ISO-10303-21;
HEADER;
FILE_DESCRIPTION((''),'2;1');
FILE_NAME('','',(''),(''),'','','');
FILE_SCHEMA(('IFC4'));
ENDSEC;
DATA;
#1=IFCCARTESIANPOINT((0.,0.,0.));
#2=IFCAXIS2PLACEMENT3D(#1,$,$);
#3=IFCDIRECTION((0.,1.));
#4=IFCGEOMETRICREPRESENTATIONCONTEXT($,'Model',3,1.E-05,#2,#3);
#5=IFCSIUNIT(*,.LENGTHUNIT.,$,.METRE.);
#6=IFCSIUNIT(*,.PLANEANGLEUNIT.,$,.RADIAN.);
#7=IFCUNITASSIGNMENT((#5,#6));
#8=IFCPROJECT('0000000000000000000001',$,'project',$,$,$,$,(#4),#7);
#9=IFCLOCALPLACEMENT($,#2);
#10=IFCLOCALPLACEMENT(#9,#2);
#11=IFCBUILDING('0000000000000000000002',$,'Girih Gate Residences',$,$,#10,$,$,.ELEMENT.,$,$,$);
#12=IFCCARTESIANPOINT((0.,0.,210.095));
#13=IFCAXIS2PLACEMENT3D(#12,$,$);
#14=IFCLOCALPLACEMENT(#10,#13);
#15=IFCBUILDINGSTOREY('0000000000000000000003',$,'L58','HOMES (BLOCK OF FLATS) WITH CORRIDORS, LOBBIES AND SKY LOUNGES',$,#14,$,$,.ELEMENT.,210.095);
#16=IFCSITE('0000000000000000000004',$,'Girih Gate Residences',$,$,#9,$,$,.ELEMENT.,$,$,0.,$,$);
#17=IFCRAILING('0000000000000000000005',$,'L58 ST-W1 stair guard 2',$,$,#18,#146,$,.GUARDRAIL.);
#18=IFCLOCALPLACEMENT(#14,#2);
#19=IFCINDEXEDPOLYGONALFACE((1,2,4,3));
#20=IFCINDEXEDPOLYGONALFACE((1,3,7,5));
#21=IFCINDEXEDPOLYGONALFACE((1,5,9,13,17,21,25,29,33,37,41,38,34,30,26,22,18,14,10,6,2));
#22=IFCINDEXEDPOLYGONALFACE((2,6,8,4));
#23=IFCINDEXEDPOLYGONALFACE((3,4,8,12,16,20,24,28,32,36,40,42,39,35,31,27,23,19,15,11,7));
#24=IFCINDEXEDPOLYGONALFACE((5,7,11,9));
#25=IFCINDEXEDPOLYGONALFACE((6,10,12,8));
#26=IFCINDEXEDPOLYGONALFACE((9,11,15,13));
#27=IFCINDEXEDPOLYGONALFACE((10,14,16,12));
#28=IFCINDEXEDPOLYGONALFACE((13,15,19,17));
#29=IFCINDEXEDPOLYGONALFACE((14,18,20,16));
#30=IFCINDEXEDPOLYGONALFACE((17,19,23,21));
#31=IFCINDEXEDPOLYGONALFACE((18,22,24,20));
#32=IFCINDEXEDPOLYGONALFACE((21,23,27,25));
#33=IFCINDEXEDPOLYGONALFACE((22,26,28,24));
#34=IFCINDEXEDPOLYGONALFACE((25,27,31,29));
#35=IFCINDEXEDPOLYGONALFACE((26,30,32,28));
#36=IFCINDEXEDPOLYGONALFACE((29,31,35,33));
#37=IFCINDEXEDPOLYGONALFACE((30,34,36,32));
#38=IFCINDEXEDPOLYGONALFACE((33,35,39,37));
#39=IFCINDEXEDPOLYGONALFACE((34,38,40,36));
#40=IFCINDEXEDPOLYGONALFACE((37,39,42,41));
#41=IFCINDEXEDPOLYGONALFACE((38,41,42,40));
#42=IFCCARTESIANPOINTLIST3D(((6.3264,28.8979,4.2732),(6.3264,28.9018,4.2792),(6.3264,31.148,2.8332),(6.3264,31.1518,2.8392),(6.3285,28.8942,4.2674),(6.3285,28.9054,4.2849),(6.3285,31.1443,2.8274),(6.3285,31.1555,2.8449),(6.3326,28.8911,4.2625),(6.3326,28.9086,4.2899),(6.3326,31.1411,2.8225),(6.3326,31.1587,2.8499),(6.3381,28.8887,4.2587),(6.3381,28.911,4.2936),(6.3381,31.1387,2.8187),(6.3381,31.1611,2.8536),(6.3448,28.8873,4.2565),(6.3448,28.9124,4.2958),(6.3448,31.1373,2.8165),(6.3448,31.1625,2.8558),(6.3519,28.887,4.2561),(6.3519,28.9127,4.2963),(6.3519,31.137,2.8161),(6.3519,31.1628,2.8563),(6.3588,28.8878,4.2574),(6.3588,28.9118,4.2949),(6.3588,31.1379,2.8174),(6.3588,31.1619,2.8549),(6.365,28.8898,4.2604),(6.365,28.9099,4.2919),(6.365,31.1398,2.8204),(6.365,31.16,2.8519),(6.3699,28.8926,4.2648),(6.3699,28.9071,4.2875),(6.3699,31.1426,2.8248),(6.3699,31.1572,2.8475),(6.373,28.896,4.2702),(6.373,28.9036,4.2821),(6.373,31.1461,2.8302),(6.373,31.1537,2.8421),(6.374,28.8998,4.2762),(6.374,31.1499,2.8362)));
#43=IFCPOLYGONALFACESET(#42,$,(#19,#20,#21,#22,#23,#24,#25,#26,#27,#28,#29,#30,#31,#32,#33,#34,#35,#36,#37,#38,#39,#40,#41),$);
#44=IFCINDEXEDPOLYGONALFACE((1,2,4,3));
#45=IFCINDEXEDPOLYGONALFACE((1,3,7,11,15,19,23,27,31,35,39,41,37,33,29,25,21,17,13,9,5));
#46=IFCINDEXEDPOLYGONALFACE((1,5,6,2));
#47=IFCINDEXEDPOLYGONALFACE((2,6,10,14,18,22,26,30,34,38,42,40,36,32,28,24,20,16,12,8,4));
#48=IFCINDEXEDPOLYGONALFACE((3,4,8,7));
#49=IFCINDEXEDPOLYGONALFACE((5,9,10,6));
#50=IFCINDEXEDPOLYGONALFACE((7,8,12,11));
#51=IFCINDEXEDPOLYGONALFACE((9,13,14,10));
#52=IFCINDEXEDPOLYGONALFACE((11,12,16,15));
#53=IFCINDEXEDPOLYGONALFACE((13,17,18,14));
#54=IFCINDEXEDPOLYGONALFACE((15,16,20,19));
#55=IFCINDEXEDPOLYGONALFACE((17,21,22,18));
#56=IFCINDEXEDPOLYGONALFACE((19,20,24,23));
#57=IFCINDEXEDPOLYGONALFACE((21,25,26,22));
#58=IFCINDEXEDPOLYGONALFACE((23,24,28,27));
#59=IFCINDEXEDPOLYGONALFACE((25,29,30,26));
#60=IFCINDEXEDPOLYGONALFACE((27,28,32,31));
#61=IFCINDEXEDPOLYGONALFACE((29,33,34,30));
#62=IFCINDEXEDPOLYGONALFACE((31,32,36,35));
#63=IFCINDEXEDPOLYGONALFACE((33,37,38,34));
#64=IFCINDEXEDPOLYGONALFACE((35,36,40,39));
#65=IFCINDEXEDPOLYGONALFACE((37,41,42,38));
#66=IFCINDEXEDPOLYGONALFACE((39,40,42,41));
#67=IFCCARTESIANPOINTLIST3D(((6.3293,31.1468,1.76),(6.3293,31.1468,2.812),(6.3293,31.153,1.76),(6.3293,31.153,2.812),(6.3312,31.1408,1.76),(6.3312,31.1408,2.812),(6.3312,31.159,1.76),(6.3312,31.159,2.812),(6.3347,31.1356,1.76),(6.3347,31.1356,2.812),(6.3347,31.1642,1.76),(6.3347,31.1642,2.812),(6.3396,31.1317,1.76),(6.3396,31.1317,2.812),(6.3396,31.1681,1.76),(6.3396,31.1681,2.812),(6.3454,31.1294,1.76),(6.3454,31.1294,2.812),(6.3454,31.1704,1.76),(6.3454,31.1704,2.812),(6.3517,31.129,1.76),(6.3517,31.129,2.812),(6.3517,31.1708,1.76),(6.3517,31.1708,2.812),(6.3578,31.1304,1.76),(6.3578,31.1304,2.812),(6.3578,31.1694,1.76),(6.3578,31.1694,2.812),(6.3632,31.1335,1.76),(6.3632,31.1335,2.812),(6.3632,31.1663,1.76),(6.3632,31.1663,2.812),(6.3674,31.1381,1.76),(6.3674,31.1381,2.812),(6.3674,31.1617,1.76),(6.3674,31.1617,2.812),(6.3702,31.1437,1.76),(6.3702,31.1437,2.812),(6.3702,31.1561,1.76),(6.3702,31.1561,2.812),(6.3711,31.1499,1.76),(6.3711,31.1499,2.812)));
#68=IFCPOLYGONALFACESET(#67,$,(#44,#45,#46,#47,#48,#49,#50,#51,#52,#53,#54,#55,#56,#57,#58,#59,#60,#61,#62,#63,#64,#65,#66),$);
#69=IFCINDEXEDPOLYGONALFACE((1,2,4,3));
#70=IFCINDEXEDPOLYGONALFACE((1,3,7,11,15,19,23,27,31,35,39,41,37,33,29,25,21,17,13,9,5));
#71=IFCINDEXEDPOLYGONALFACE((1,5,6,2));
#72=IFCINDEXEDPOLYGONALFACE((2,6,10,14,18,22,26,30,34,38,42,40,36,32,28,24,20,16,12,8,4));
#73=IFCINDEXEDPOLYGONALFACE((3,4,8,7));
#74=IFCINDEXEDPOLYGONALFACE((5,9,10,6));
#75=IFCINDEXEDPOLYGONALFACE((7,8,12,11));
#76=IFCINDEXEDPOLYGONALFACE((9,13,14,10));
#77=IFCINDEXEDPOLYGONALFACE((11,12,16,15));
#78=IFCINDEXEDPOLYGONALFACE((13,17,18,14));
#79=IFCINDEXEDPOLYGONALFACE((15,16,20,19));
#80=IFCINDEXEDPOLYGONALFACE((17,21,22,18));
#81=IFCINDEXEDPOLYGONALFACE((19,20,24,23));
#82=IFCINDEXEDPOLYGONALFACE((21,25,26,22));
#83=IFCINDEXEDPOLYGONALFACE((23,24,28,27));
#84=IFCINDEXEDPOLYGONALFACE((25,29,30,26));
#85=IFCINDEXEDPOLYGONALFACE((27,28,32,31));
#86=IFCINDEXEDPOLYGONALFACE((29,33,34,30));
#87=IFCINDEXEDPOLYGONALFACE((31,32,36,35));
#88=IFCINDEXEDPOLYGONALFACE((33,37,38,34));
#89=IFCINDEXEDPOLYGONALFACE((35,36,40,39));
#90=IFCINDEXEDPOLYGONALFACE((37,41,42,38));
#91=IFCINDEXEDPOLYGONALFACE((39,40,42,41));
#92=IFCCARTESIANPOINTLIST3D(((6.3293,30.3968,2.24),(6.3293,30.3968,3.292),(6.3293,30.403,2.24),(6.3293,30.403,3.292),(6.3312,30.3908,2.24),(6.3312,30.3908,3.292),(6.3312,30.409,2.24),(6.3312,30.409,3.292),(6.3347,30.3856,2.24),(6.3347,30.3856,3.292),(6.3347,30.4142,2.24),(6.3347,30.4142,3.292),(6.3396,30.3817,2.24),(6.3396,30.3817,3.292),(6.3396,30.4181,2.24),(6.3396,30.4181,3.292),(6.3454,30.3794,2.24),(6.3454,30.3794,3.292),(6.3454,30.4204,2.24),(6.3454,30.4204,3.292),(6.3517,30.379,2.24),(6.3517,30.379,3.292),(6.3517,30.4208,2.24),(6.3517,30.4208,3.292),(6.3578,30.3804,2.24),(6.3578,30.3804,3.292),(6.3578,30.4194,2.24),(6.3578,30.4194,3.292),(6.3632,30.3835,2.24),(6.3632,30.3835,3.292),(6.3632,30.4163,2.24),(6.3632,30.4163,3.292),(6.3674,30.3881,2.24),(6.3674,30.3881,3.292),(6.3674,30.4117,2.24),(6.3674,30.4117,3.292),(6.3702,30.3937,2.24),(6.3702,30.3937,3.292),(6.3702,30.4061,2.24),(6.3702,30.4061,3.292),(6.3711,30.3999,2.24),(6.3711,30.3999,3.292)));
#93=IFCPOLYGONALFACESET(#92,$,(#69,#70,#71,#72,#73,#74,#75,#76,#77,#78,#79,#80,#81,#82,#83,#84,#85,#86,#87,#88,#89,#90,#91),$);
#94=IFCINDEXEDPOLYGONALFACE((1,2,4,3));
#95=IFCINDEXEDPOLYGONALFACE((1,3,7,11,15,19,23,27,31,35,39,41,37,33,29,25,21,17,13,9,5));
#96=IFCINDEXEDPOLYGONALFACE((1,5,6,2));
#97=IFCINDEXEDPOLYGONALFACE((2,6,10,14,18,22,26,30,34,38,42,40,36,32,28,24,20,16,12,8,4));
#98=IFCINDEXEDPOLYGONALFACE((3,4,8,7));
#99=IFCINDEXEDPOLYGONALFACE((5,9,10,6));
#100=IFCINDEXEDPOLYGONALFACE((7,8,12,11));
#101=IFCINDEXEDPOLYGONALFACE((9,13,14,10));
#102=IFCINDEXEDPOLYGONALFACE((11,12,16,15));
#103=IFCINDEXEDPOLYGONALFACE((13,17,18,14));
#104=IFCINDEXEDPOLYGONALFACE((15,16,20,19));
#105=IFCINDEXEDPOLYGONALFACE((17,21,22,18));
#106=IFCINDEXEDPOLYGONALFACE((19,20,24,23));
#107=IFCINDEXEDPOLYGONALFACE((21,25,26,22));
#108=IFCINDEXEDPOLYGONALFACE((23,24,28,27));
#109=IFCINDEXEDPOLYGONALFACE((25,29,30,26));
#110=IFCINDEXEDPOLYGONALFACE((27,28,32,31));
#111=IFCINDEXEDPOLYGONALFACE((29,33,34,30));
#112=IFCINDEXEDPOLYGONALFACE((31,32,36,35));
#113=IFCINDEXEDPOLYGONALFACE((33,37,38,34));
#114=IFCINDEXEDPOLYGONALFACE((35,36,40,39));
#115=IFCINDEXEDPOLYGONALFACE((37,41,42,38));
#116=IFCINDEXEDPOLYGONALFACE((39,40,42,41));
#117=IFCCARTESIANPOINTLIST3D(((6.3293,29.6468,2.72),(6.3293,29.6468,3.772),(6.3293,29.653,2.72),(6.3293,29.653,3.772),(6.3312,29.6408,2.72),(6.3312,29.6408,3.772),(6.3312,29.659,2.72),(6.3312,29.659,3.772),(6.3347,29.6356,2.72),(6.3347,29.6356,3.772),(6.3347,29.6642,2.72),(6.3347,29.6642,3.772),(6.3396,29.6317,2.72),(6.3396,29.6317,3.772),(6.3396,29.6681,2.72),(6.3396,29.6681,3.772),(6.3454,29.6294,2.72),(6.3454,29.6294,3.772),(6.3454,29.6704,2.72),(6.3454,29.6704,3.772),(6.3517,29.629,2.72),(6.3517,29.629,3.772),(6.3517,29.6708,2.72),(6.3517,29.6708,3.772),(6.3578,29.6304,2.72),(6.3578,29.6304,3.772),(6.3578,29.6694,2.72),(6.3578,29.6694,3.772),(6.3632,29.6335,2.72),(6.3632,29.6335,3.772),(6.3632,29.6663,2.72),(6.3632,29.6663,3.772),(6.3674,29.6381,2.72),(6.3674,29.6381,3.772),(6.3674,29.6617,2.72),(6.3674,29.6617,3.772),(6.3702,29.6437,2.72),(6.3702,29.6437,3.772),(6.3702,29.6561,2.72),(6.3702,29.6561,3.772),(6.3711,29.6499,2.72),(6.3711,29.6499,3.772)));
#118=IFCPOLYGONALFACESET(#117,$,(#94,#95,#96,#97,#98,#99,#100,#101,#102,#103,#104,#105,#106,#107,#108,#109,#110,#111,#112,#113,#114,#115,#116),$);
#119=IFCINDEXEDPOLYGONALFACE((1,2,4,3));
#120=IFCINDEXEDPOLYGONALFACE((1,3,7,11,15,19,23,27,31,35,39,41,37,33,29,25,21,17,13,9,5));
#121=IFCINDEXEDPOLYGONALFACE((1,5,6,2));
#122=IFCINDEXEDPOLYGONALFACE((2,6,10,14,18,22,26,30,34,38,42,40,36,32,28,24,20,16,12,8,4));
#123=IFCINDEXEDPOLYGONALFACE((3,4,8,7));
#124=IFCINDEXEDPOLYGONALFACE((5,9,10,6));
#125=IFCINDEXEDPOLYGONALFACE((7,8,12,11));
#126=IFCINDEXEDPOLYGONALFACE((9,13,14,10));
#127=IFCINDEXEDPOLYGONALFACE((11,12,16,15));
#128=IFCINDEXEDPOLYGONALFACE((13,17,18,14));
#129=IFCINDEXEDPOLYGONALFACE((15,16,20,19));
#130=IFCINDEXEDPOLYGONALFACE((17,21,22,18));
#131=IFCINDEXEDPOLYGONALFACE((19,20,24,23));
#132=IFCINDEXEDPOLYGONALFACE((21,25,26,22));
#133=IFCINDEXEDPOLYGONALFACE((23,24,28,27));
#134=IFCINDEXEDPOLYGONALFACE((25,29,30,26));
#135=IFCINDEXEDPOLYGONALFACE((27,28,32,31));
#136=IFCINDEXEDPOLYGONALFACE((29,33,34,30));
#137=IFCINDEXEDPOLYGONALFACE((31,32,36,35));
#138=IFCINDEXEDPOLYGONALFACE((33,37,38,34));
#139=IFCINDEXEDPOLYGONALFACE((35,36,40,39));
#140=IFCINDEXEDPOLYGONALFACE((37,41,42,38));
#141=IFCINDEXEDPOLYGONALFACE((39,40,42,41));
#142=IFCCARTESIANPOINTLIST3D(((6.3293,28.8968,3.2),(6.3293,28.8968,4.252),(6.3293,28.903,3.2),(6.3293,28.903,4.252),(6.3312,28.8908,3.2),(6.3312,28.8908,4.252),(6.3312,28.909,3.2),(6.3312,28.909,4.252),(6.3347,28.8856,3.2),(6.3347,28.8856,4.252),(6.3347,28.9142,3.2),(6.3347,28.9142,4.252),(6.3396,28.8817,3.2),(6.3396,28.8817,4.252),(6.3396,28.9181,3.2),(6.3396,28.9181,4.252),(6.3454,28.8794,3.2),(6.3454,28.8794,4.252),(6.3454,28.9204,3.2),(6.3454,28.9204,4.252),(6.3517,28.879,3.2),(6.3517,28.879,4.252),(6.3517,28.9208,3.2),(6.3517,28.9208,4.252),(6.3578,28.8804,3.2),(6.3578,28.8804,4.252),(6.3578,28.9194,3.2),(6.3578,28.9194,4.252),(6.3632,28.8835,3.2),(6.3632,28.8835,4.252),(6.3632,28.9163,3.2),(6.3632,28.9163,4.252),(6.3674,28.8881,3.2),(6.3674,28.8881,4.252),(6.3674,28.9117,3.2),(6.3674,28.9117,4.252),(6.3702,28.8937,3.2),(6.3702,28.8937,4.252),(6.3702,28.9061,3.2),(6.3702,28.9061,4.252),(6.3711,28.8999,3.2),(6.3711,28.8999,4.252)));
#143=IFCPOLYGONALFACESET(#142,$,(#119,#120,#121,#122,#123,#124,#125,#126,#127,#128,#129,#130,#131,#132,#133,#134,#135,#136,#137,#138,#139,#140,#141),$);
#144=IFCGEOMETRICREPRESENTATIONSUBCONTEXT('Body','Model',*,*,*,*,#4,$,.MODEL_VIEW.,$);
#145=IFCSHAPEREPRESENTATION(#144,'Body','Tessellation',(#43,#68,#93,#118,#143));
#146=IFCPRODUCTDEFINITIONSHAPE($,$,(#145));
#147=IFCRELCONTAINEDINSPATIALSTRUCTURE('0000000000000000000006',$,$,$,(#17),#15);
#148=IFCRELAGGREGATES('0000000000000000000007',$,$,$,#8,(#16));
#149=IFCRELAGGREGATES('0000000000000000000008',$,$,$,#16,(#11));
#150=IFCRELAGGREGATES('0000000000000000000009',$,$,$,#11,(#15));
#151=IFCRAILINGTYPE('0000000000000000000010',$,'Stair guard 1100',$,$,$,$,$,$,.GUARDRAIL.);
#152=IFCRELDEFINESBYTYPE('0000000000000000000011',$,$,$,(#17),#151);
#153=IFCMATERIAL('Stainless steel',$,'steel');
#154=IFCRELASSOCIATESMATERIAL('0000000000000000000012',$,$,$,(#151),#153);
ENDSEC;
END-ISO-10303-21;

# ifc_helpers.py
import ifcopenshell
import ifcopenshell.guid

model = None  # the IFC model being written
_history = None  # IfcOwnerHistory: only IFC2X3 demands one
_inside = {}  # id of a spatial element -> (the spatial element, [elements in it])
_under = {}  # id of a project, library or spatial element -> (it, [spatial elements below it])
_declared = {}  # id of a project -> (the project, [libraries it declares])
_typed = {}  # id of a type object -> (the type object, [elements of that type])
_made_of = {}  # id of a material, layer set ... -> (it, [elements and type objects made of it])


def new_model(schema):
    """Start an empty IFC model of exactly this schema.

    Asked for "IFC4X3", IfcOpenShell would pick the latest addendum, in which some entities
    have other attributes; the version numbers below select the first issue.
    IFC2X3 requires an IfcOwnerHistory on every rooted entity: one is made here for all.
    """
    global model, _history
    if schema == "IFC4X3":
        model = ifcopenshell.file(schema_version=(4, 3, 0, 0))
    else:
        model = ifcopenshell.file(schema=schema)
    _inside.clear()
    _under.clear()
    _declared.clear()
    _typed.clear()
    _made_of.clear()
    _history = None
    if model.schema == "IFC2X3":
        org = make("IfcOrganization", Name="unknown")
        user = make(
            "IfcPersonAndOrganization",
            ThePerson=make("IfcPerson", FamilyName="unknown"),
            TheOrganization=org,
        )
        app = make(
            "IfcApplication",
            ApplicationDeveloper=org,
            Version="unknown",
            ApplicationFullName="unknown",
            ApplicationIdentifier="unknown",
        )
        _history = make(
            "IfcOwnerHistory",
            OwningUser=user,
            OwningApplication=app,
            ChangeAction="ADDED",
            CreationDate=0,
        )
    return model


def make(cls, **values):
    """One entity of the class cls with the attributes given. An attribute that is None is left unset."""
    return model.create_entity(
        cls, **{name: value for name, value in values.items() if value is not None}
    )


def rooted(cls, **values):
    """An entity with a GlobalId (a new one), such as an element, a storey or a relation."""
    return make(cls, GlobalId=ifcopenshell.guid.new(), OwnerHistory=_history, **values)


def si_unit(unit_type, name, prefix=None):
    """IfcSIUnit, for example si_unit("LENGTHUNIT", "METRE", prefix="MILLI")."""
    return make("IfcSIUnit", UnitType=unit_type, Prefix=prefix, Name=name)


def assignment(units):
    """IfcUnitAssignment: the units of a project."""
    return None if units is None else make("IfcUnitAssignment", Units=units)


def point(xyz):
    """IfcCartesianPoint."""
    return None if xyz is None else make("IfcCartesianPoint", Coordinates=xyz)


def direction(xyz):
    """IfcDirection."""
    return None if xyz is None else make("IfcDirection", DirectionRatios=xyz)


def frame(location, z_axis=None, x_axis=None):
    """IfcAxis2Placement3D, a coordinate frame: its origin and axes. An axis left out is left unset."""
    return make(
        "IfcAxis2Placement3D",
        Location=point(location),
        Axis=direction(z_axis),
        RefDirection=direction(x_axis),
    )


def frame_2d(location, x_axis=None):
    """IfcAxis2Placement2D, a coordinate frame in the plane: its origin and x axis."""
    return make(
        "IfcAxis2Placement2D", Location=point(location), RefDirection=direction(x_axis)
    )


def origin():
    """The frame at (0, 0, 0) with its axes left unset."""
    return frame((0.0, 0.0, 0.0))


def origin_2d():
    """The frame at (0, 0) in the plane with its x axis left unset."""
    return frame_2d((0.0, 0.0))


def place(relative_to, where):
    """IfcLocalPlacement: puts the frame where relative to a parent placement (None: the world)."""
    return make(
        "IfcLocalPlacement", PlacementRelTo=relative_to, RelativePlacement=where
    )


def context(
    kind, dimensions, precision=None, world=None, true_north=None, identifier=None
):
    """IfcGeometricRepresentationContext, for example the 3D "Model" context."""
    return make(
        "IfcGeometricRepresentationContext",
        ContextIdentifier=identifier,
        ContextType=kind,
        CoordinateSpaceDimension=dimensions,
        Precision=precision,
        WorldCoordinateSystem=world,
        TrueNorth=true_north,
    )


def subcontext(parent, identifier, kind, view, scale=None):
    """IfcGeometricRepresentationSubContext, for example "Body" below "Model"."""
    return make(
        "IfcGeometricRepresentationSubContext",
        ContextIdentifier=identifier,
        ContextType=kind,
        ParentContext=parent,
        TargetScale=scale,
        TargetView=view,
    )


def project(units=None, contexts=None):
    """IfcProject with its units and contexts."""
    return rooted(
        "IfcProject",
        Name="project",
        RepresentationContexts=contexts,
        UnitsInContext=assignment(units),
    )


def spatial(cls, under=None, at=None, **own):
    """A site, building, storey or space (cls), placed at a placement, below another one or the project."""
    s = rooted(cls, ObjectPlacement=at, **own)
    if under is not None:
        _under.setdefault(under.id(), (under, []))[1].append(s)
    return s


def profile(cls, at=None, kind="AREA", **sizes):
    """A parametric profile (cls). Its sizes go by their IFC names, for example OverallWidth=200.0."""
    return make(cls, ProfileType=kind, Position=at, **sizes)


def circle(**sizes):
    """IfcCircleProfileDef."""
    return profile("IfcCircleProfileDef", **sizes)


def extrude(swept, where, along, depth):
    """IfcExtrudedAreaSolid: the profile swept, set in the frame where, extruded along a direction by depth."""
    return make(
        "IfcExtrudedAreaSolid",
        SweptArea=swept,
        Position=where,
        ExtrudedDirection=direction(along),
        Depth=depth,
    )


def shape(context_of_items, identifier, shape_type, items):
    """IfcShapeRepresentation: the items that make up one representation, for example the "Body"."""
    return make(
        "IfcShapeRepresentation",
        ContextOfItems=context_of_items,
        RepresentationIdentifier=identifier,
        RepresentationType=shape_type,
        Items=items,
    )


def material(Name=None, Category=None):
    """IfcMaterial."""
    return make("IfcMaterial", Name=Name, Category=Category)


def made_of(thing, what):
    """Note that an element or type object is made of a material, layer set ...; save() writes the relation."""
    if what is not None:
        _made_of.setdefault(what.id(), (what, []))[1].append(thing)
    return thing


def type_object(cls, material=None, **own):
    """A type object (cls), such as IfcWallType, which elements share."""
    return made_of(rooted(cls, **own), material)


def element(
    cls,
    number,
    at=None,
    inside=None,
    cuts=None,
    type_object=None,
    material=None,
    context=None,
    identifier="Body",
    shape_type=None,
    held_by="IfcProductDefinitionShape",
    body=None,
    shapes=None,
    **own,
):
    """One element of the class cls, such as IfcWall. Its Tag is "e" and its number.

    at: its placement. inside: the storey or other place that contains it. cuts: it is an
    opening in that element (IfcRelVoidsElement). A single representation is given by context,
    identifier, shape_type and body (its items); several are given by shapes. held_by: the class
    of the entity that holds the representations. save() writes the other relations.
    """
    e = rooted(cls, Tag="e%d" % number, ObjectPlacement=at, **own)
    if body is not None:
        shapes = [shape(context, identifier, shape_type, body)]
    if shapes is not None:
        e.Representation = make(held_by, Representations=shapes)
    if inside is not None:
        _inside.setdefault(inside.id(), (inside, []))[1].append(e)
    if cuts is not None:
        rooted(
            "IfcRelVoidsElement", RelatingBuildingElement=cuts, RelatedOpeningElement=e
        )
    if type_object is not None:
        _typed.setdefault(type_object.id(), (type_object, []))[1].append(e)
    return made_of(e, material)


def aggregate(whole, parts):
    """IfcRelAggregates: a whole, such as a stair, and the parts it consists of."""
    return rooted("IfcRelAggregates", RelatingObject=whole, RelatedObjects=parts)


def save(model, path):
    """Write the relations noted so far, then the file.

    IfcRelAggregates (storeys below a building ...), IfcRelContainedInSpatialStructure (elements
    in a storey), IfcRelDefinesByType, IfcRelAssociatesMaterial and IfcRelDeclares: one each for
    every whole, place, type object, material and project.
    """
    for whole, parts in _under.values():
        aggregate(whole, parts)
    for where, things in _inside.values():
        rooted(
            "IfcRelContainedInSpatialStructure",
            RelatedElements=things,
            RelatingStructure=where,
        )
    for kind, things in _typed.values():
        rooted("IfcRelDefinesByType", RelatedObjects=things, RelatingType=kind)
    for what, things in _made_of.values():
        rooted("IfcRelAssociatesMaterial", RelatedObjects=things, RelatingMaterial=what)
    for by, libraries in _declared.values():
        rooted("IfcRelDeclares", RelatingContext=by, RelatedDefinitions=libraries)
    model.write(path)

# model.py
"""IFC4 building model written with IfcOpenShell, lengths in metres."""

from ifc_helpers import new_model, si_unit, direction, frame, origin, origin_2d, place, context, subcontext, project, spatial, circle, extrude, material, type_object, element, save


model = new_model("IFC4")

# Units and contexts
model_context = context("Model", 3, precision=1e-05, world=origin(), true_north=direction((0.0, 1.0)))
body_context = subcontext(model_context, "Body", "Model", "MODEL_VIEW")
ifc_project = project(units=[si_unit("LENGTHUNIT", "METRE"), si_unit("PLANEANGLEUNIT", "RADIAN")], contexts=[model_context])

# Site, building, storey
site_placement = place(None, origin())
site = spatial("IfcSite", under=ifc_project, at=site_placement, Name="Girih Gate Residences", CompositionType="ELEMENT", RefElevation=0.0)
building_placement = place(site_placement, origin())
building = spatial("IfcBuilding", under=site, at=building_placement, Name="Girih Gate Residences", CompositionType="ELEMENT")
storey_placement = place(building_placement, frame((0.0, 0.0, 210.095)))
storey = spatial("IfcBuildingStorey", under=building, at=storey_placement, Name="L58", Description="HOMES (BLOCK OF FLATS) WITH CORRIDORS, LOBBIES AND SKY LOUNGES", CompositionType="ELEMENT", Elevation=210.095)

# Shared definitions
ifc_material_1 = material(Name="Stainless steel", Category="steel")

# Railing
railing_type_1 = type_object("IfcRailingType", Name="Stair guard 1100", PredefinedType="GUARDRAIL", material=ifc_material_1)
railing_1_placement = place(storey_placement, frame((6.3501, 31.1499, 1.76)))
element("IfcRailing", 1, at=railing_1_placement, inside=storey, type_object=railing_type_1, Name="L58 ST-W1 stair guard 2", PredefinedType="GUARDRAIL", context=body_context, shape_type="SweptSolid", body=[
    extrude(circle(Radius=0.0239, at=origin_2d()), frame((0.0, 0.0, 1.0762), z_axis=(0.0, -0.842281, 0.539038), x_axis=(1.0, 0.0, 0.0)), (0.0, 0.0, 1.0), 2.6714),
    extrude(circle(Radius=0.021, at=origin_2d()), origin(), (0.0, 0.0, 1.0), 1.052),
    extrude(circle(Radius=0.021, at=origin_2d()), frame((0.0, -0.75, 0.48)), (0.0, 0.0, 1.0), 1.052),
    extrude(circle(Radius=0.021, at=origin_2d()), frame((0.0, -1.5, 0.96)), (0.0, 0.0, 1.0), 1.052),
    extrude(circle(Radius=0.021, at=origin_2d()), frame((0.0, -2.25, 1.4399)), (0.0, 0.0, 1.0), 1.052),
])

save(model, "model.ifc")
